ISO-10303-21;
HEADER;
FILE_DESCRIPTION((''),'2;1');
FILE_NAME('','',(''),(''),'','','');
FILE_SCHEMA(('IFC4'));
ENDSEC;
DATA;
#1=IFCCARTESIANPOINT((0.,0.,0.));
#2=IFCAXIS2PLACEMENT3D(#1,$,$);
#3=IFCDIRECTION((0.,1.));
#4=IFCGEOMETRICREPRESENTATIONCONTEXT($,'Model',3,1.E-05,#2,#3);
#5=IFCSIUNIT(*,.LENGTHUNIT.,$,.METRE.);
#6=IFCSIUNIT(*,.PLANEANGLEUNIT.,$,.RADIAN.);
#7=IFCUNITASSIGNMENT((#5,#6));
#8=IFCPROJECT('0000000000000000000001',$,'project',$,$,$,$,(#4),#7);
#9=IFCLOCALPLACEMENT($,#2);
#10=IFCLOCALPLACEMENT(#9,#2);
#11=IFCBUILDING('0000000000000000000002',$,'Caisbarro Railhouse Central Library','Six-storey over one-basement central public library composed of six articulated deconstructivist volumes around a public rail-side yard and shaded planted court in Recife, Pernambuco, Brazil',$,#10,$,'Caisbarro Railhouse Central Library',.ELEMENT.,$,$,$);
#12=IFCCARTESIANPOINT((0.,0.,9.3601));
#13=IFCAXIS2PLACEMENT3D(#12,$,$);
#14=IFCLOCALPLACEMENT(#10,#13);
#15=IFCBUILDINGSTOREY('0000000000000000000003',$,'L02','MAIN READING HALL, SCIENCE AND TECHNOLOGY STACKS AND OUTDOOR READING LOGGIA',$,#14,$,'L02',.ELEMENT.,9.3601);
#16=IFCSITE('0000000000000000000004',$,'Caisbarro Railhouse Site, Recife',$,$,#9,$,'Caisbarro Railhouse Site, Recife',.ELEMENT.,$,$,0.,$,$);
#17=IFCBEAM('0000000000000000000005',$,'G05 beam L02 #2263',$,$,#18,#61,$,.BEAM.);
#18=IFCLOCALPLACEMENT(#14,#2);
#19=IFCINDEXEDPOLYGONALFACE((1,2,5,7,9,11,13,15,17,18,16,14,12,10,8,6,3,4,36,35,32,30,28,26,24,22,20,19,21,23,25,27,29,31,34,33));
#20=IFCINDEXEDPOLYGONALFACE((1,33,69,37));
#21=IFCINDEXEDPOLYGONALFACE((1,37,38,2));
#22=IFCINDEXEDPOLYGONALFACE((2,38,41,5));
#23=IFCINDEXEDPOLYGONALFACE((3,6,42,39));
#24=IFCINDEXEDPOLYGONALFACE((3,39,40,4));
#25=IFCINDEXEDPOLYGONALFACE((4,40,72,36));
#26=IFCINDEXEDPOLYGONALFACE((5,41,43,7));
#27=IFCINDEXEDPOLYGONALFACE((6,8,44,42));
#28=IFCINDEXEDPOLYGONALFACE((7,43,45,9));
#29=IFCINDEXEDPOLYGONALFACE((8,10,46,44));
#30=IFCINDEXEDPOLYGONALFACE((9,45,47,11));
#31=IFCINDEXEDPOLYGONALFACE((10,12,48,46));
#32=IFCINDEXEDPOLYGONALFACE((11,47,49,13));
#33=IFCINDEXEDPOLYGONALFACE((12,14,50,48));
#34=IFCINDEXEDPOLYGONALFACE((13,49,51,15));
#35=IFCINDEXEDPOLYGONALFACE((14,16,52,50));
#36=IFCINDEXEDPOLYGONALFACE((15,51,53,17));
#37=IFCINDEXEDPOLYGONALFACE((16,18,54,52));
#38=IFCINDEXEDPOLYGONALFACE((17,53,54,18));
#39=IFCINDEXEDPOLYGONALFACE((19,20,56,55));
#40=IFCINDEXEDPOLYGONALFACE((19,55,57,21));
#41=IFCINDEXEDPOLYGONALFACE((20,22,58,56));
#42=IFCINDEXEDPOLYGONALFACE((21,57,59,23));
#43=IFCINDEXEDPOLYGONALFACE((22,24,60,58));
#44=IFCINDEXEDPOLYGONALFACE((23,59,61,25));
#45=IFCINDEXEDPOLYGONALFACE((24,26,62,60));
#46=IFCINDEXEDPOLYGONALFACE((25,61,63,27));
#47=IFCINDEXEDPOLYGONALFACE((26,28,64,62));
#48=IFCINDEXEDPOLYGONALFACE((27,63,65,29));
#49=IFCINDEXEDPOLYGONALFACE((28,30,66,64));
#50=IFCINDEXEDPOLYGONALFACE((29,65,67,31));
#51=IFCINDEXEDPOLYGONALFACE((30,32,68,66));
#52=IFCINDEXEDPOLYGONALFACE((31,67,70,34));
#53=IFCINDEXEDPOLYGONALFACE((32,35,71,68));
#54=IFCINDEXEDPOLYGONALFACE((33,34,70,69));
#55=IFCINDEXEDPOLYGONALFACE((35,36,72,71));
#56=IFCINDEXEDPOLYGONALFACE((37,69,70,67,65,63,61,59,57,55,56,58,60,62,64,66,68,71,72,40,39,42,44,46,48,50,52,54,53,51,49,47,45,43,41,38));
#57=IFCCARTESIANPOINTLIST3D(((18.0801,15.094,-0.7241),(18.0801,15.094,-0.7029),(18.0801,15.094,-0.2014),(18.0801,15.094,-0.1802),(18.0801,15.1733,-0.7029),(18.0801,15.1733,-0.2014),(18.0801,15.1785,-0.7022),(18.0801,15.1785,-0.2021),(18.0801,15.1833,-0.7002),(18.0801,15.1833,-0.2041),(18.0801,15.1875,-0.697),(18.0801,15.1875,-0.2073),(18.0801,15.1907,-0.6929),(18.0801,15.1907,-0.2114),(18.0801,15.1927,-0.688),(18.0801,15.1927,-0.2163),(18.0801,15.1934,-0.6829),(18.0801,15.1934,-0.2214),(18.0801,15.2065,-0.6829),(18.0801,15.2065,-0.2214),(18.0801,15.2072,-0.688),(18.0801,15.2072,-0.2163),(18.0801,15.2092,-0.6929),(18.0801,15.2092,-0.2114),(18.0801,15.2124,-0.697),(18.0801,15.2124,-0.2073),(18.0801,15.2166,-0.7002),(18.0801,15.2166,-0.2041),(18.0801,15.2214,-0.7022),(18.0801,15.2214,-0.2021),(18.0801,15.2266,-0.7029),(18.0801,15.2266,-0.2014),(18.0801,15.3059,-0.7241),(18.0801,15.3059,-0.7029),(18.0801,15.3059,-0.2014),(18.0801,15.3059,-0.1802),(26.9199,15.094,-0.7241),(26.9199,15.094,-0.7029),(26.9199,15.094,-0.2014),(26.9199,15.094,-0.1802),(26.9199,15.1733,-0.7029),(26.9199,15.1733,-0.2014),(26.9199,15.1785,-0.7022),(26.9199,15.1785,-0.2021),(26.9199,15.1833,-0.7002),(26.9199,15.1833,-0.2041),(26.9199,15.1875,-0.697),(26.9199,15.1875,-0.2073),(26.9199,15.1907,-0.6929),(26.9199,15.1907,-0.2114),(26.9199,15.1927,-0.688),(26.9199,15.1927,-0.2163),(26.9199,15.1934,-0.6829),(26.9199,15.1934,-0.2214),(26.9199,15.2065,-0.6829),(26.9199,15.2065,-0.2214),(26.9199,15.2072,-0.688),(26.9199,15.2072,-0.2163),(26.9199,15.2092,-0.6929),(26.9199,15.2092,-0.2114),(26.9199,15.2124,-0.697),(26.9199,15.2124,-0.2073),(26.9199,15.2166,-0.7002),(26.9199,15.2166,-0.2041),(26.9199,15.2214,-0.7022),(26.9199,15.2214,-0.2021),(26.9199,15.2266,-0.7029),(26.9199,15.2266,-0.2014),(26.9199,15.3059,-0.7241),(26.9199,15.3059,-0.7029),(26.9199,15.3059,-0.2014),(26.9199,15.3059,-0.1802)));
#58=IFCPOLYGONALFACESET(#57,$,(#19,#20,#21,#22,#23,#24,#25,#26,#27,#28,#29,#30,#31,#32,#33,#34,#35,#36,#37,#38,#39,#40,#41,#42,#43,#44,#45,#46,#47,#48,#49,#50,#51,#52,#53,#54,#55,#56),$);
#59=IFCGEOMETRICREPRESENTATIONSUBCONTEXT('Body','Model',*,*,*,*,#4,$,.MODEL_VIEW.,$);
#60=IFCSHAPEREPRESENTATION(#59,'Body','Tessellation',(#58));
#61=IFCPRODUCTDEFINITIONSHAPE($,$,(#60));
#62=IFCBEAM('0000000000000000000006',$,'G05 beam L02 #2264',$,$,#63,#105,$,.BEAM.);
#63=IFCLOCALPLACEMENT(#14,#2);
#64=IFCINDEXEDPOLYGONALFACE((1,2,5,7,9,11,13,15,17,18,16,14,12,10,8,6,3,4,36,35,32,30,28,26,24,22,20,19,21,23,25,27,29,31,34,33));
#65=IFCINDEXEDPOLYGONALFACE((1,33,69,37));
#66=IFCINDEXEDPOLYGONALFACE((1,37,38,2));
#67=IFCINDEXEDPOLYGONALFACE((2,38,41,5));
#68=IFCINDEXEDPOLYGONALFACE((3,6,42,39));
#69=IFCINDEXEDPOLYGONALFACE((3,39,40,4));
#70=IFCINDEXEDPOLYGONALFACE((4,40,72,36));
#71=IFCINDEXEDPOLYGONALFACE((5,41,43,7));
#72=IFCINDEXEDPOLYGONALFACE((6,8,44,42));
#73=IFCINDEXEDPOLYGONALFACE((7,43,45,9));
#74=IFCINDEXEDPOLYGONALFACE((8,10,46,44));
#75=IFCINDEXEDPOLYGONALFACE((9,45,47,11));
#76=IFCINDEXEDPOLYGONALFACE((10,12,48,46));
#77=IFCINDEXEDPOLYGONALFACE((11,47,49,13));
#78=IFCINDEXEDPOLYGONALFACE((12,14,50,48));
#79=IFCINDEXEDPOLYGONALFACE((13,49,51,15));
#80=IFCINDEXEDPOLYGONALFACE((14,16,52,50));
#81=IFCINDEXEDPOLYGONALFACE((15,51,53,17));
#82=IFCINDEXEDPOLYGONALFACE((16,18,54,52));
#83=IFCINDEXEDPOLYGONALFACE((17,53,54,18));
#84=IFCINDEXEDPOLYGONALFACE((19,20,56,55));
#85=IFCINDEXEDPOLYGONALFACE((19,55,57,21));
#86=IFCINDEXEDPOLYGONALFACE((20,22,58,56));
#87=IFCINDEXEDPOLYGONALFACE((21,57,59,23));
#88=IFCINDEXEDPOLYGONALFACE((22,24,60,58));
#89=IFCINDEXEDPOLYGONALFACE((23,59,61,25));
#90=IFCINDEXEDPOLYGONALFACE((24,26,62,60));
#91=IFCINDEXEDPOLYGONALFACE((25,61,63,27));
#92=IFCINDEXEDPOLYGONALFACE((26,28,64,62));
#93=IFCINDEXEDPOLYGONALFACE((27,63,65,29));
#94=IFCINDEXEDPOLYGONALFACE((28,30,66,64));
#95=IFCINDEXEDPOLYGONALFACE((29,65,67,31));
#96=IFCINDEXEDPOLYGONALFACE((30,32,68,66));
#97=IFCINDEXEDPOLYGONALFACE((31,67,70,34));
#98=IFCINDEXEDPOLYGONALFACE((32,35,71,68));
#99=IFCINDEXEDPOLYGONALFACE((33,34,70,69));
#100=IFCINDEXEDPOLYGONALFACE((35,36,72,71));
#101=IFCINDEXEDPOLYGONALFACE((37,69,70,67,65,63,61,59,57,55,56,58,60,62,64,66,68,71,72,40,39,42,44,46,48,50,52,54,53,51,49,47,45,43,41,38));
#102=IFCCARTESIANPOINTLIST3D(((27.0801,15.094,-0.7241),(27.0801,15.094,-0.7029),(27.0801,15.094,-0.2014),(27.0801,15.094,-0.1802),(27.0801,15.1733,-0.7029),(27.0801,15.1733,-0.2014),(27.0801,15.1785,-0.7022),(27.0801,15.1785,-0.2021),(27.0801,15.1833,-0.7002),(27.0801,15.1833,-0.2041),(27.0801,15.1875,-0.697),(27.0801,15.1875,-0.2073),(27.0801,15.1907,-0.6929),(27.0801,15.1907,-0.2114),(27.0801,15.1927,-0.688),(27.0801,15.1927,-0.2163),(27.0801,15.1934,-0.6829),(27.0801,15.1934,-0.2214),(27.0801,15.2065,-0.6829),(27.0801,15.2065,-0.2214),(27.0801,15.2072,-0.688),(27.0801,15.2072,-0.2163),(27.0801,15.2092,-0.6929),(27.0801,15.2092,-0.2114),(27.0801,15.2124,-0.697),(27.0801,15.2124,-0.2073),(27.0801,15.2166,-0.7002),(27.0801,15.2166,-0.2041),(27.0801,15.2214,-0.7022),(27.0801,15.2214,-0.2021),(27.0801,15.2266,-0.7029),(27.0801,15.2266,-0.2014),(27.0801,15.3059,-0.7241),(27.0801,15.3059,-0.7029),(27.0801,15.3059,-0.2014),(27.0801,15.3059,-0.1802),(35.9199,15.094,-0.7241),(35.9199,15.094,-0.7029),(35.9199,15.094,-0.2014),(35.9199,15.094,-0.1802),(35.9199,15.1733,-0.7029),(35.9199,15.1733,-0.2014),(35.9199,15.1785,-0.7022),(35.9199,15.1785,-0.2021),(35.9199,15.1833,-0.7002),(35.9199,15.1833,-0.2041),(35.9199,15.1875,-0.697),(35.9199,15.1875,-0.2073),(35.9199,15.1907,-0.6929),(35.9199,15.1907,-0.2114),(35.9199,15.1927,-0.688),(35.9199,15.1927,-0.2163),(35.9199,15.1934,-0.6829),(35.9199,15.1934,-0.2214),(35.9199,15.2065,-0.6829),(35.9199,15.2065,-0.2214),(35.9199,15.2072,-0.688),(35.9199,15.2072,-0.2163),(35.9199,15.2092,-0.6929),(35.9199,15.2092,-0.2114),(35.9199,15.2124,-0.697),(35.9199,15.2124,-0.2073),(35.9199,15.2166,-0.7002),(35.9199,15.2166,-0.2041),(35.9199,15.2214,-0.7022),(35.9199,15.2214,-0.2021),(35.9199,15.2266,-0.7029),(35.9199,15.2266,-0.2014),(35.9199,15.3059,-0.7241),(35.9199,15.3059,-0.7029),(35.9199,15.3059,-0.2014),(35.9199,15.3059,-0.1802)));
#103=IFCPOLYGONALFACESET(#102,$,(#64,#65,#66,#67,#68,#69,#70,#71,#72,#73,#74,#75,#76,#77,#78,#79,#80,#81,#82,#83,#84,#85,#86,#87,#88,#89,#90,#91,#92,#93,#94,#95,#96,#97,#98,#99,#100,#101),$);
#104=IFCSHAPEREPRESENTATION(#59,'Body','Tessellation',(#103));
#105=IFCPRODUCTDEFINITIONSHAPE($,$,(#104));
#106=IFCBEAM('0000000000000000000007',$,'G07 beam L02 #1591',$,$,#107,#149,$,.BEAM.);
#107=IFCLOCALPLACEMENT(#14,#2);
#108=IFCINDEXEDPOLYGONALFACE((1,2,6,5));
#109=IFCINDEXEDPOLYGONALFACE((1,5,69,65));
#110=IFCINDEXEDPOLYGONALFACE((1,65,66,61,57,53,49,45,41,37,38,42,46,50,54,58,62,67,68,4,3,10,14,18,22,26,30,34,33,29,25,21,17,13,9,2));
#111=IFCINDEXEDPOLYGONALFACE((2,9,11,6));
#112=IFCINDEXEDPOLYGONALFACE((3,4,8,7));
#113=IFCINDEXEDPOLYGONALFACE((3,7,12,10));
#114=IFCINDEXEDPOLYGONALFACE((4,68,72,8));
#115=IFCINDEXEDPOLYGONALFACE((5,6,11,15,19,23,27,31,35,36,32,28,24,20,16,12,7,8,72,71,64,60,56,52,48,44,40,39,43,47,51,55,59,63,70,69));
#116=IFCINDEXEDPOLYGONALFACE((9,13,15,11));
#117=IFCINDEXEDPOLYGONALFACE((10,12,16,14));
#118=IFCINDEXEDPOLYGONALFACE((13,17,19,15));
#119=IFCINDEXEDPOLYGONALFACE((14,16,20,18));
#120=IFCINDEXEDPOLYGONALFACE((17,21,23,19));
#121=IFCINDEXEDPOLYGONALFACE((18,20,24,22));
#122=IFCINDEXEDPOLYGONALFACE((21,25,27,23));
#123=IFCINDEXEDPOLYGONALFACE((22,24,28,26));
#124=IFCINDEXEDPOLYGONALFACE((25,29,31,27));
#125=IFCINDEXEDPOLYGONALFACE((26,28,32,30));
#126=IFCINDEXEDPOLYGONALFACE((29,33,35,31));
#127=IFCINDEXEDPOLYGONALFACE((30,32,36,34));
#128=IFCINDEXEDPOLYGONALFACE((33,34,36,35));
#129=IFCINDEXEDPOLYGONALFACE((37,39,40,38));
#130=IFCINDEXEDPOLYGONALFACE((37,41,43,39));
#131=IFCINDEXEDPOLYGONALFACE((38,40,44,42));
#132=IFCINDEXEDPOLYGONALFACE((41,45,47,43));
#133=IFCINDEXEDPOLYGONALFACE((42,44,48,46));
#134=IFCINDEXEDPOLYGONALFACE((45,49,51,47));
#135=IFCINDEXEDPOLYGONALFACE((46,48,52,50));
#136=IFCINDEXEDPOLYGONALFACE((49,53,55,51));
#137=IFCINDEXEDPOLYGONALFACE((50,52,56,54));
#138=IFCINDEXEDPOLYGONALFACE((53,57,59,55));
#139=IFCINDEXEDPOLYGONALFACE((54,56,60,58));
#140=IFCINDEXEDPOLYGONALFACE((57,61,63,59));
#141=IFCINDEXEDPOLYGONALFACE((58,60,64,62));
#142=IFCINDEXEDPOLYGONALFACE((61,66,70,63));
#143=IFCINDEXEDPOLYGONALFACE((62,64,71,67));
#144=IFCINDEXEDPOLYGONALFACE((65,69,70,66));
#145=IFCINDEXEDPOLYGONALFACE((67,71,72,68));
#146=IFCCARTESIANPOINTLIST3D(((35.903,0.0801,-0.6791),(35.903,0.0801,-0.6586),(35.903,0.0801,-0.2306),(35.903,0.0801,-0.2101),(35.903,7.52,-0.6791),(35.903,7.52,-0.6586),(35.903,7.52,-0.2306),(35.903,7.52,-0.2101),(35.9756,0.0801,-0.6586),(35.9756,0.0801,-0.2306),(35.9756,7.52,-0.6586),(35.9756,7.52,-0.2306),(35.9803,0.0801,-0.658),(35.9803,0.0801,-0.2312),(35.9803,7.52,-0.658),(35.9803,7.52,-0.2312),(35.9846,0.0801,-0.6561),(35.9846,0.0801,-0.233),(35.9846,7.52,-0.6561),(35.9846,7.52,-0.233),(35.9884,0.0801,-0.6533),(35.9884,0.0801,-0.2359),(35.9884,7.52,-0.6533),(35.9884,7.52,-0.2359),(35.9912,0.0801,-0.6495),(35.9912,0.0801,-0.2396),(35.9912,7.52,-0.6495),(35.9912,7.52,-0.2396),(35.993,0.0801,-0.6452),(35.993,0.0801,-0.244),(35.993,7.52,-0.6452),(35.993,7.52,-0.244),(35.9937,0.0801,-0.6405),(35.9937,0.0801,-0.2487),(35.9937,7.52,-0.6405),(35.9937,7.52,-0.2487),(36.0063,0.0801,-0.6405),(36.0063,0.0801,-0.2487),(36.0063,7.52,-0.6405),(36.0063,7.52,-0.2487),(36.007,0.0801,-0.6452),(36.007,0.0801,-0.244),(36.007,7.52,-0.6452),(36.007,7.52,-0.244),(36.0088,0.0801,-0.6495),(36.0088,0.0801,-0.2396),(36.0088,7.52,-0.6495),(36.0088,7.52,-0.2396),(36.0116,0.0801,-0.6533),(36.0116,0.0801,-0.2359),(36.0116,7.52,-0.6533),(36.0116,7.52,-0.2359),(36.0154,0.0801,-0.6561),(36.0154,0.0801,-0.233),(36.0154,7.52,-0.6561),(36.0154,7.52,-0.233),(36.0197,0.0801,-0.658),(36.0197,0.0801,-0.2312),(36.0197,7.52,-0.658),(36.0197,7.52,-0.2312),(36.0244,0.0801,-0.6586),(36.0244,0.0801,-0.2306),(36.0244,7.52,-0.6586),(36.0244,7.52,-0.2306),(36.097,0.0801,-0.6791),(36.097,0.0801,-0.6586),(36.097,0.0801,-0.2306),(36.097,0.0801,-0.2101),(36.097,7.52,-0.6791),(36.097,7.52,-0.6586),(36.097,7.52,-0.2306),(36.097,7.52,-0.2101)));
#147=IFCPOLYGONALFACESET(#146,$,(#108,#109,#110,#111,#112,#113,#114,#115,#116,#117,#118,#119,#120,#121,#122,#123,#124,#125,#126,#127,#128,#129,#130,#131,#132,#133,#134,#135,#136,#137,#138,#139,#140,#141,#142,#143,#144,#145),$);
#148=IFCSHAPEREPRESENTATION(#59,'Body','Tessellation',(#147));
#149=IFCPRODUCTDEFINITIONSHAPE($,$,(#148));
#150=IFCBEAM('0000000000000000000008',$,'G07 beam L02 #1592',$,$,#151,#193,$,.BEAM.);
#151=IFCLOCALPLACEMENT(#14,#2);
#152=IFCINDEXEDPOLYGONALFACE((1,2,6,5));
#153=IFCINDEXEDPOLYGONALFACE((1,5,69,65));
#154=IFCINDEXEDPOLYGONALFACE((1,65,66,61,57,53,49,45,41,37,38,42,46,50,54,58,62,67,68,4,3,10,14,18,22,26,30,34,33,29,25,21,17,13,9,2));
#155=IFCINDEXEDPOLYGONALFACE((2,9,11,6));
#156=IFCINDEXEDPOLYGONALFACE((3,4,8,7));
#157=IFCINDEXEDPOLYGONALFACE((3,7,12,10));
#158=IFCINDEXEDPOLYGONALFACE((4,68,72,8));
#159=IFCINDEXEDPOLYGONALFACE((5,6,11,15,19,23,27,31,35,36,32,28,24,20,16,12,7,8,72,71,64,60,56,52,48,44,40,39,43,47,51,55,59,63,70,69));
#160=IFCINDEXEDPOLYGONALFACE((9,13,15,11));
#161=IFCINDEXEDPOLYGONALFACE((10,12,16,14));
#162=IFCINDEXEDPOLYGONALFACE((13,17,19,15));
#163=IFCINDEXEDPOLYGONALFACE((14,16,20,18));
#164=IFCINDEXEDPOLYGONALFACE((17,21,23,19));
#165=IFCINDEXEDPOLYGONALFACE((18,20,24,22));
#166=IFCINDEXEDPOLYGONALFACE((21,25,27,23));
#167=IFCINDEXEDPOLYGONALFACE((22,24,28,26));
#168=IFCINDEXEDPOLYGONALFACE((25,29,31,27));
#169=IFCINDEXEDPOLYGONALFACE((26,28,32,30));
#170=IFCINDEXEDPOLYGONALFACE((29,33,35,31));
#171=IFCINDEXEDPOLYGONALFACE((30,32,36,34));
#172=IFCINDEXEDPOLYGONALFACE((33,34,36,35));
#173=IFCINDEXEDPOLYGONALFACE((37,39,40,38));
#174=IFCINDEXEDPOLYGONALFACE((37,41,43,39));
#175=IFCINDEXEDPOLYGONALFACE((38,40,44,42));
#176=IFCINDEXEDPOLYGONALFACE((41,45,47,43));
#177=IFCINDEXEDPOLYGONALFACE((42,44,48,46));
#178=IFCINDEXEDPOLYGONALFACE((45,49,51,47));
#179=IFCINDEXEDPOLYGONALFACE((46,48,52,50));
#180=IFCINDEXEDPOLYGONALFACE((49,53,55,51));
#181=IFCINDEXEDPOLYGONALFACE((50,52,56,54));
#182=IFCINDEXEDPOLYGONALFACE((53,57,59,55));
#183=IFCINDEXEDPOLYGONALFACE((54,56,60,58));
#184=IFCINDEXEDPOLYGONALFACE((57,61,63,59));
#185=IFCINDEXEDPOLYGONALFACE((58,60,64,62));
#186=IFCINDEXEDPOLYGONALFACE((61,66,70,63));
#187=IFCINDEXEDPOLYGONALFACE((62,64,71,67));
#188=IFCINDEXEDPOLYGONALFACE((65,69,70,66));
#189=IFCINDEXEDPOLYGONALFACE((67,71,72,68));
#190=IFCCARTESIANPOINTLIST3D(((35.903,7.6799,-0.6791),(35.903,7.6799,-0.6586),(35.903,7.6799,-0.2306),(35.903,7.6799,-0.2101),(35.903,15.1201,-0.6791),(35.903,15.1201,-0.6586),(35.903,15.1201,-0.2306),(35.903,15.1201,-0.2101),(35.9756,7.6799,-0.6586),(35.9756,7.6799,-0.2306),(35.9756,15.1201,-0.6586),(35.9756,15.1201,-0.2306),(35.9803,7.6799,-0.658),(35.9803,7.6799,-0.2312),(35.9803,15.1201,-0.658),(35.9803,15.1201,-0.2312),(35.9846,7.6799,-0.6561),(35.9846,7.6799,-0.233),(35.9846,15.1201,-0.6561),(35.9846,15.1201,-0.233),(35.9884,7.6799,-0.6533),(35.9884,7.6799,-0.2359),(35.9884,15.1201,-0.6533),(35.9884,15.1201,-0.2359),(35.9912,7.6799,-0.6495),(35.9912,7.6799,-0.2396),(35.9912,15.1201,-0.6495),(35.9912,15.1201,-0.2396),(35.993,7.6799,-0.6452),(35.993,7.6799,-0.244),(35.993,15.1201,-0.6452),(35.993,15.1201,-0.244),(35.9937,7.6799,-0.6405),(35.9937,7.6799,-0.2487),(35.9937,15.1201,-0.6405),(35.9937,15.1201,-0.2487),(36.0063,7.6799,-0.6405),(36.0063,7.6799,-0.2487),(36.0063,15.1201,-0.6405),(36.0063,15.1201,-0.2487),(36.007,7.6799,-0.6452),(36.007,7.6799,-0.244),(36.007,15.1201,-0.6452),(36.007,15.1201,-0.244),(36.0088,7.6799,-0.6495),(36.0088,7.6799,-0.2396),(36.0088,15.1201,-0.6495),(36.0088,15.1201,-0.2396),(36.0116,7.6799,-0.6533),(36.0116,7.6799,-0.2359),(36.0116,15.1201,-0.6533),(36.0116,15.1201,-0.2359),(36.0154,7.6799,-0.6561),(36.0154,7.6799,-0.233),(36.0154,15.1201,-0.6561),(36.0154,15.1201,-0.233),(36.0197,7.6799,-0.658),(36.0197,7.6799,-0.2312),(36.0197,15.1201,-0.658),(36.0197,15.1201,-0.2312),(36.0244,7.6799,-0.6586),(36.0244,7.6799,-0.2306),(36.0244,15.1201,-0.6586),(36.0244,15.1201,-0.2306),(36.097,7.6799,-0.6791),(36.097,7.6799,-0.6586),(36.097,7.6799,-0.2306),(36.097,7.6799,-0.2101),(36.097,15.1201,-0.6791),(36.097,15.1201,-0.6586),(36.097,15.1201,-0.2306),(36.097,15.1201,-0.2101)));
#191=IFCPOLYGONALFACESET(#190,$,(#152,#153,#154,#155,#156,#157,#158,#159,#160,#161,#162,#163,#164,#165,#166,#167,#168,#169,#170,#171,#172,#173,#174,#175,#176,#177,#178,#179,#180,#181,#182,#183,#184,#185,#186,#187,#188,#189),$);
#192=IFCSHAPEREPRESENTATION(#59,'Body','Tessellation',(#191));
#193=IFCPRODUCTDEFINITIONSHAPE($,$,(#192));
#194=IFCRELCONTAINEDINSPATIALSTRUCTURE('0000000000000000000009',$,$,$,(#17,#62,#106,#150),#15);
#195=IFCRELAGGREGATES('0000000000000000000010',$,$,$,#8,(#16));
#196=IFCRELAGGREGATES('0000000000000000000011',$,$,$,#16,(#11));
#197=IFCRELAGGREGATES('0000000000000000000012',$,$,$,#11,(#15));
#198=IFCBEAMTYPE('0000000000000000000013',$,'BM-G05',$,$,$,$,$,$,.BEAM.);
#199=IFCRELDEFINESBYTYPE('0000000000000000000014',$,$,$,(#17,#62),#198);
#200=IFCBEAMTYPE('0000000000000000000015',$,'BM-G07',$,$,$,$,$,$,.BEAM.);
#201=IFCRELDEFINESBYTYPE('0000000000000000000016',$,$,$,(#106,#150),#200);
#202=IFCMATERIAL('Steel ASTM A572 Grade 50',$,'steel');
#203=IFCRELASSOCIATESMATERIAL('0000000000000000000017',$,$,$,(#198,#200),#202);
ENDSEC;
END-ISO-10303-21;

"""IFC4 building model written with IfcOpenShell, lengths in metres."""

from ifc_helpers import new_model, si_unit, direction, frame, origin, origin_2d, place, context, subcontext, project, spatial, i_section, extrude, material, material_profile, profile_set, type_object, element, save


model = new_model("IFC4")

# Units and contexts
model_context = context("Model", 3, precision=1e-05, world=origin(), true_north=direction((0.0, 1.0)))
body_context = subcontext(model_context, "Body", "Model", "MODEL_VIEW")
ifc_project = project(units=[si_unit("LENGTHUNIT", "METRE"), si_unit("PLANEANGLEUNIT", "RADIAN")], contexts=[model_context])

# Site, building, storey
site_placement = place(None, origin())
site = spatial("IfcSite", under=ifc_project, at=site_placement, Name="Caisbarro Railhouse Site, Recife", LongName="Caisbarro Railhouse Site, Recife", CompositionType="ELEMENT", RefElevation=0.0)
building_placement = place(site_placement, origin())
building = spatial("IfcBuilding", under=site, at=building_placement, Name="Caisbarro Railhouse Central Library", Description="Six-storey over one-basement central public library composed of six articulated deconstructivist volumes around a public rail-side yard and shaded planted court in Recife, Pernambuco, Brazil", LongName="Caisbarro Railhouse Central Library", CompositionType="ELEMENT")
storey_placement = place(building_placement, frame((0.0, 0.0, 9.3601)))
storey = spatial("IfcBuildingStorey", under=building, at=storey_placement, Name="L02", Description="MAIN READING HALL, SCIENCE AND TECHNOLOGY STACKS AND OUTDOOR READING LOGGIA", LongName="L02", CompositionType="ELEMENT", Elevation=9.3601)

# Beams
ifc_material_1 = material(Name="Steel ASTM A572 Grade 50", Category="steel")
ifc_material_profile_1 = material_profile(ifc_material_1, i_section(OverallWidth=0.2119, OverallDepth=0.5439, WebThickness=0.0132, FlangeThickness=0.0212, FilletRadius=0.02, at=origin_2d()), Name="W530X123.0")
ifc_profile_set_1 = profile_set([ifc_material_profile_1], Name="Steel ASTM A572 Grade 50")
beam_type_1 = type_object("IfcBeamType", Name="BM-G05", PredefinedType="BEAM", material=ifc_profile_set_1)
for number, where, z_axis, x_axis, name in (
    (1, (18.0801, 15.2, -0.4521), (1.0, 0.0, 0.0), (0.0, 1.0, 0.0), "G05 beam L02 #2263"),
    (2, (27.0801, 15.2, -0.4521), (1.0, 0.0, 0.0), (0.0, 1.0, 0.0), "G05 beam L02 #2264"),
):
    element("IfcBeam", number, at=place(storey_placement, frame(where, z_axis=z_axis, x_axis=x_axis)), inside=storey, type_object=beam_type_1, Name=name, PredefinedType="BEAM", context=body_context, shape_type="SweptSolid", body=[
        extrude(i_section(OverallWidth=0.2119, OverallDepth=0.5439, WebThickness=0.0132, FlangeThickness=0.0212, FilletRadius=0.02, at=origin_2d()), origin(), (0.0, 0.0, 1.0), 8.8398),
    ])
ifc_material_profile_2 = material_profile(ifc_material_1, i_section(OverallWidth=0.1941, OverallDepth=0.469, WebThickness=0.0127, FlangeThickness=0.0205, FilletRadius=0.0181, at=origin_2d()), Name="W460X106.0")
ifc_profile_set_2 = profile_set([ifc_material_profile_2], Name="Steel ASTM A572 Grade 50")
beam_type_2 = type_object("IfcBeamType", Name="BM-G07", PredefinedType="BEAM", material=ifc_profile_set_2)
beam_1_placement = place(storey_placement, frame((36.0, 0.0801, -0.4446), z_axis=(0.0, 1.0, 0.0), x_axis=(-1.0, 0.0, 0.0)))
element("IfcBeam", 3, at=beam_1_placement, inside=storey, type_object=beam_type_2, Name="G07 beam L02 #1591", PredefinedType="BEAM", context=body_context, shape_type="SweptSolid", body=[
    extrude(i_section(OverallWidth=0.1941, OverallDepth=0.469, WebThickness=0.0127, FlangeThickness=0.0205, FilletRadius=0.0181, at=origin_2d()), origin(), (0.0, 0.0, 1.0), 7.4399),
])
beam_2_placement = place(storey_placement, frame((36.0, 7.6799, -0.4446), z_axis=(0.0, 1.0, 0.0), x_axis=(-1.0, 0.0, 0.0)))
element("IfcBeam", 4, at=beam_2_placement, inside=storey, type_object=beam_type_2, Name="G07 beam L02 #1592", PredefinedType="BEAM", context=body_context, shape_type="SweptSolid", body=[
    extrude(i_section(OverallWidth=0.1941, OverallDepth=0.469, WebThickness=0.0127, FlangeThickness=0.0205, FilletRadius=0.0181, at=origin_2d()), origin(), (0.0, 0.0, 1.0), 7.4402),
])

save(model, "model.ifc")
